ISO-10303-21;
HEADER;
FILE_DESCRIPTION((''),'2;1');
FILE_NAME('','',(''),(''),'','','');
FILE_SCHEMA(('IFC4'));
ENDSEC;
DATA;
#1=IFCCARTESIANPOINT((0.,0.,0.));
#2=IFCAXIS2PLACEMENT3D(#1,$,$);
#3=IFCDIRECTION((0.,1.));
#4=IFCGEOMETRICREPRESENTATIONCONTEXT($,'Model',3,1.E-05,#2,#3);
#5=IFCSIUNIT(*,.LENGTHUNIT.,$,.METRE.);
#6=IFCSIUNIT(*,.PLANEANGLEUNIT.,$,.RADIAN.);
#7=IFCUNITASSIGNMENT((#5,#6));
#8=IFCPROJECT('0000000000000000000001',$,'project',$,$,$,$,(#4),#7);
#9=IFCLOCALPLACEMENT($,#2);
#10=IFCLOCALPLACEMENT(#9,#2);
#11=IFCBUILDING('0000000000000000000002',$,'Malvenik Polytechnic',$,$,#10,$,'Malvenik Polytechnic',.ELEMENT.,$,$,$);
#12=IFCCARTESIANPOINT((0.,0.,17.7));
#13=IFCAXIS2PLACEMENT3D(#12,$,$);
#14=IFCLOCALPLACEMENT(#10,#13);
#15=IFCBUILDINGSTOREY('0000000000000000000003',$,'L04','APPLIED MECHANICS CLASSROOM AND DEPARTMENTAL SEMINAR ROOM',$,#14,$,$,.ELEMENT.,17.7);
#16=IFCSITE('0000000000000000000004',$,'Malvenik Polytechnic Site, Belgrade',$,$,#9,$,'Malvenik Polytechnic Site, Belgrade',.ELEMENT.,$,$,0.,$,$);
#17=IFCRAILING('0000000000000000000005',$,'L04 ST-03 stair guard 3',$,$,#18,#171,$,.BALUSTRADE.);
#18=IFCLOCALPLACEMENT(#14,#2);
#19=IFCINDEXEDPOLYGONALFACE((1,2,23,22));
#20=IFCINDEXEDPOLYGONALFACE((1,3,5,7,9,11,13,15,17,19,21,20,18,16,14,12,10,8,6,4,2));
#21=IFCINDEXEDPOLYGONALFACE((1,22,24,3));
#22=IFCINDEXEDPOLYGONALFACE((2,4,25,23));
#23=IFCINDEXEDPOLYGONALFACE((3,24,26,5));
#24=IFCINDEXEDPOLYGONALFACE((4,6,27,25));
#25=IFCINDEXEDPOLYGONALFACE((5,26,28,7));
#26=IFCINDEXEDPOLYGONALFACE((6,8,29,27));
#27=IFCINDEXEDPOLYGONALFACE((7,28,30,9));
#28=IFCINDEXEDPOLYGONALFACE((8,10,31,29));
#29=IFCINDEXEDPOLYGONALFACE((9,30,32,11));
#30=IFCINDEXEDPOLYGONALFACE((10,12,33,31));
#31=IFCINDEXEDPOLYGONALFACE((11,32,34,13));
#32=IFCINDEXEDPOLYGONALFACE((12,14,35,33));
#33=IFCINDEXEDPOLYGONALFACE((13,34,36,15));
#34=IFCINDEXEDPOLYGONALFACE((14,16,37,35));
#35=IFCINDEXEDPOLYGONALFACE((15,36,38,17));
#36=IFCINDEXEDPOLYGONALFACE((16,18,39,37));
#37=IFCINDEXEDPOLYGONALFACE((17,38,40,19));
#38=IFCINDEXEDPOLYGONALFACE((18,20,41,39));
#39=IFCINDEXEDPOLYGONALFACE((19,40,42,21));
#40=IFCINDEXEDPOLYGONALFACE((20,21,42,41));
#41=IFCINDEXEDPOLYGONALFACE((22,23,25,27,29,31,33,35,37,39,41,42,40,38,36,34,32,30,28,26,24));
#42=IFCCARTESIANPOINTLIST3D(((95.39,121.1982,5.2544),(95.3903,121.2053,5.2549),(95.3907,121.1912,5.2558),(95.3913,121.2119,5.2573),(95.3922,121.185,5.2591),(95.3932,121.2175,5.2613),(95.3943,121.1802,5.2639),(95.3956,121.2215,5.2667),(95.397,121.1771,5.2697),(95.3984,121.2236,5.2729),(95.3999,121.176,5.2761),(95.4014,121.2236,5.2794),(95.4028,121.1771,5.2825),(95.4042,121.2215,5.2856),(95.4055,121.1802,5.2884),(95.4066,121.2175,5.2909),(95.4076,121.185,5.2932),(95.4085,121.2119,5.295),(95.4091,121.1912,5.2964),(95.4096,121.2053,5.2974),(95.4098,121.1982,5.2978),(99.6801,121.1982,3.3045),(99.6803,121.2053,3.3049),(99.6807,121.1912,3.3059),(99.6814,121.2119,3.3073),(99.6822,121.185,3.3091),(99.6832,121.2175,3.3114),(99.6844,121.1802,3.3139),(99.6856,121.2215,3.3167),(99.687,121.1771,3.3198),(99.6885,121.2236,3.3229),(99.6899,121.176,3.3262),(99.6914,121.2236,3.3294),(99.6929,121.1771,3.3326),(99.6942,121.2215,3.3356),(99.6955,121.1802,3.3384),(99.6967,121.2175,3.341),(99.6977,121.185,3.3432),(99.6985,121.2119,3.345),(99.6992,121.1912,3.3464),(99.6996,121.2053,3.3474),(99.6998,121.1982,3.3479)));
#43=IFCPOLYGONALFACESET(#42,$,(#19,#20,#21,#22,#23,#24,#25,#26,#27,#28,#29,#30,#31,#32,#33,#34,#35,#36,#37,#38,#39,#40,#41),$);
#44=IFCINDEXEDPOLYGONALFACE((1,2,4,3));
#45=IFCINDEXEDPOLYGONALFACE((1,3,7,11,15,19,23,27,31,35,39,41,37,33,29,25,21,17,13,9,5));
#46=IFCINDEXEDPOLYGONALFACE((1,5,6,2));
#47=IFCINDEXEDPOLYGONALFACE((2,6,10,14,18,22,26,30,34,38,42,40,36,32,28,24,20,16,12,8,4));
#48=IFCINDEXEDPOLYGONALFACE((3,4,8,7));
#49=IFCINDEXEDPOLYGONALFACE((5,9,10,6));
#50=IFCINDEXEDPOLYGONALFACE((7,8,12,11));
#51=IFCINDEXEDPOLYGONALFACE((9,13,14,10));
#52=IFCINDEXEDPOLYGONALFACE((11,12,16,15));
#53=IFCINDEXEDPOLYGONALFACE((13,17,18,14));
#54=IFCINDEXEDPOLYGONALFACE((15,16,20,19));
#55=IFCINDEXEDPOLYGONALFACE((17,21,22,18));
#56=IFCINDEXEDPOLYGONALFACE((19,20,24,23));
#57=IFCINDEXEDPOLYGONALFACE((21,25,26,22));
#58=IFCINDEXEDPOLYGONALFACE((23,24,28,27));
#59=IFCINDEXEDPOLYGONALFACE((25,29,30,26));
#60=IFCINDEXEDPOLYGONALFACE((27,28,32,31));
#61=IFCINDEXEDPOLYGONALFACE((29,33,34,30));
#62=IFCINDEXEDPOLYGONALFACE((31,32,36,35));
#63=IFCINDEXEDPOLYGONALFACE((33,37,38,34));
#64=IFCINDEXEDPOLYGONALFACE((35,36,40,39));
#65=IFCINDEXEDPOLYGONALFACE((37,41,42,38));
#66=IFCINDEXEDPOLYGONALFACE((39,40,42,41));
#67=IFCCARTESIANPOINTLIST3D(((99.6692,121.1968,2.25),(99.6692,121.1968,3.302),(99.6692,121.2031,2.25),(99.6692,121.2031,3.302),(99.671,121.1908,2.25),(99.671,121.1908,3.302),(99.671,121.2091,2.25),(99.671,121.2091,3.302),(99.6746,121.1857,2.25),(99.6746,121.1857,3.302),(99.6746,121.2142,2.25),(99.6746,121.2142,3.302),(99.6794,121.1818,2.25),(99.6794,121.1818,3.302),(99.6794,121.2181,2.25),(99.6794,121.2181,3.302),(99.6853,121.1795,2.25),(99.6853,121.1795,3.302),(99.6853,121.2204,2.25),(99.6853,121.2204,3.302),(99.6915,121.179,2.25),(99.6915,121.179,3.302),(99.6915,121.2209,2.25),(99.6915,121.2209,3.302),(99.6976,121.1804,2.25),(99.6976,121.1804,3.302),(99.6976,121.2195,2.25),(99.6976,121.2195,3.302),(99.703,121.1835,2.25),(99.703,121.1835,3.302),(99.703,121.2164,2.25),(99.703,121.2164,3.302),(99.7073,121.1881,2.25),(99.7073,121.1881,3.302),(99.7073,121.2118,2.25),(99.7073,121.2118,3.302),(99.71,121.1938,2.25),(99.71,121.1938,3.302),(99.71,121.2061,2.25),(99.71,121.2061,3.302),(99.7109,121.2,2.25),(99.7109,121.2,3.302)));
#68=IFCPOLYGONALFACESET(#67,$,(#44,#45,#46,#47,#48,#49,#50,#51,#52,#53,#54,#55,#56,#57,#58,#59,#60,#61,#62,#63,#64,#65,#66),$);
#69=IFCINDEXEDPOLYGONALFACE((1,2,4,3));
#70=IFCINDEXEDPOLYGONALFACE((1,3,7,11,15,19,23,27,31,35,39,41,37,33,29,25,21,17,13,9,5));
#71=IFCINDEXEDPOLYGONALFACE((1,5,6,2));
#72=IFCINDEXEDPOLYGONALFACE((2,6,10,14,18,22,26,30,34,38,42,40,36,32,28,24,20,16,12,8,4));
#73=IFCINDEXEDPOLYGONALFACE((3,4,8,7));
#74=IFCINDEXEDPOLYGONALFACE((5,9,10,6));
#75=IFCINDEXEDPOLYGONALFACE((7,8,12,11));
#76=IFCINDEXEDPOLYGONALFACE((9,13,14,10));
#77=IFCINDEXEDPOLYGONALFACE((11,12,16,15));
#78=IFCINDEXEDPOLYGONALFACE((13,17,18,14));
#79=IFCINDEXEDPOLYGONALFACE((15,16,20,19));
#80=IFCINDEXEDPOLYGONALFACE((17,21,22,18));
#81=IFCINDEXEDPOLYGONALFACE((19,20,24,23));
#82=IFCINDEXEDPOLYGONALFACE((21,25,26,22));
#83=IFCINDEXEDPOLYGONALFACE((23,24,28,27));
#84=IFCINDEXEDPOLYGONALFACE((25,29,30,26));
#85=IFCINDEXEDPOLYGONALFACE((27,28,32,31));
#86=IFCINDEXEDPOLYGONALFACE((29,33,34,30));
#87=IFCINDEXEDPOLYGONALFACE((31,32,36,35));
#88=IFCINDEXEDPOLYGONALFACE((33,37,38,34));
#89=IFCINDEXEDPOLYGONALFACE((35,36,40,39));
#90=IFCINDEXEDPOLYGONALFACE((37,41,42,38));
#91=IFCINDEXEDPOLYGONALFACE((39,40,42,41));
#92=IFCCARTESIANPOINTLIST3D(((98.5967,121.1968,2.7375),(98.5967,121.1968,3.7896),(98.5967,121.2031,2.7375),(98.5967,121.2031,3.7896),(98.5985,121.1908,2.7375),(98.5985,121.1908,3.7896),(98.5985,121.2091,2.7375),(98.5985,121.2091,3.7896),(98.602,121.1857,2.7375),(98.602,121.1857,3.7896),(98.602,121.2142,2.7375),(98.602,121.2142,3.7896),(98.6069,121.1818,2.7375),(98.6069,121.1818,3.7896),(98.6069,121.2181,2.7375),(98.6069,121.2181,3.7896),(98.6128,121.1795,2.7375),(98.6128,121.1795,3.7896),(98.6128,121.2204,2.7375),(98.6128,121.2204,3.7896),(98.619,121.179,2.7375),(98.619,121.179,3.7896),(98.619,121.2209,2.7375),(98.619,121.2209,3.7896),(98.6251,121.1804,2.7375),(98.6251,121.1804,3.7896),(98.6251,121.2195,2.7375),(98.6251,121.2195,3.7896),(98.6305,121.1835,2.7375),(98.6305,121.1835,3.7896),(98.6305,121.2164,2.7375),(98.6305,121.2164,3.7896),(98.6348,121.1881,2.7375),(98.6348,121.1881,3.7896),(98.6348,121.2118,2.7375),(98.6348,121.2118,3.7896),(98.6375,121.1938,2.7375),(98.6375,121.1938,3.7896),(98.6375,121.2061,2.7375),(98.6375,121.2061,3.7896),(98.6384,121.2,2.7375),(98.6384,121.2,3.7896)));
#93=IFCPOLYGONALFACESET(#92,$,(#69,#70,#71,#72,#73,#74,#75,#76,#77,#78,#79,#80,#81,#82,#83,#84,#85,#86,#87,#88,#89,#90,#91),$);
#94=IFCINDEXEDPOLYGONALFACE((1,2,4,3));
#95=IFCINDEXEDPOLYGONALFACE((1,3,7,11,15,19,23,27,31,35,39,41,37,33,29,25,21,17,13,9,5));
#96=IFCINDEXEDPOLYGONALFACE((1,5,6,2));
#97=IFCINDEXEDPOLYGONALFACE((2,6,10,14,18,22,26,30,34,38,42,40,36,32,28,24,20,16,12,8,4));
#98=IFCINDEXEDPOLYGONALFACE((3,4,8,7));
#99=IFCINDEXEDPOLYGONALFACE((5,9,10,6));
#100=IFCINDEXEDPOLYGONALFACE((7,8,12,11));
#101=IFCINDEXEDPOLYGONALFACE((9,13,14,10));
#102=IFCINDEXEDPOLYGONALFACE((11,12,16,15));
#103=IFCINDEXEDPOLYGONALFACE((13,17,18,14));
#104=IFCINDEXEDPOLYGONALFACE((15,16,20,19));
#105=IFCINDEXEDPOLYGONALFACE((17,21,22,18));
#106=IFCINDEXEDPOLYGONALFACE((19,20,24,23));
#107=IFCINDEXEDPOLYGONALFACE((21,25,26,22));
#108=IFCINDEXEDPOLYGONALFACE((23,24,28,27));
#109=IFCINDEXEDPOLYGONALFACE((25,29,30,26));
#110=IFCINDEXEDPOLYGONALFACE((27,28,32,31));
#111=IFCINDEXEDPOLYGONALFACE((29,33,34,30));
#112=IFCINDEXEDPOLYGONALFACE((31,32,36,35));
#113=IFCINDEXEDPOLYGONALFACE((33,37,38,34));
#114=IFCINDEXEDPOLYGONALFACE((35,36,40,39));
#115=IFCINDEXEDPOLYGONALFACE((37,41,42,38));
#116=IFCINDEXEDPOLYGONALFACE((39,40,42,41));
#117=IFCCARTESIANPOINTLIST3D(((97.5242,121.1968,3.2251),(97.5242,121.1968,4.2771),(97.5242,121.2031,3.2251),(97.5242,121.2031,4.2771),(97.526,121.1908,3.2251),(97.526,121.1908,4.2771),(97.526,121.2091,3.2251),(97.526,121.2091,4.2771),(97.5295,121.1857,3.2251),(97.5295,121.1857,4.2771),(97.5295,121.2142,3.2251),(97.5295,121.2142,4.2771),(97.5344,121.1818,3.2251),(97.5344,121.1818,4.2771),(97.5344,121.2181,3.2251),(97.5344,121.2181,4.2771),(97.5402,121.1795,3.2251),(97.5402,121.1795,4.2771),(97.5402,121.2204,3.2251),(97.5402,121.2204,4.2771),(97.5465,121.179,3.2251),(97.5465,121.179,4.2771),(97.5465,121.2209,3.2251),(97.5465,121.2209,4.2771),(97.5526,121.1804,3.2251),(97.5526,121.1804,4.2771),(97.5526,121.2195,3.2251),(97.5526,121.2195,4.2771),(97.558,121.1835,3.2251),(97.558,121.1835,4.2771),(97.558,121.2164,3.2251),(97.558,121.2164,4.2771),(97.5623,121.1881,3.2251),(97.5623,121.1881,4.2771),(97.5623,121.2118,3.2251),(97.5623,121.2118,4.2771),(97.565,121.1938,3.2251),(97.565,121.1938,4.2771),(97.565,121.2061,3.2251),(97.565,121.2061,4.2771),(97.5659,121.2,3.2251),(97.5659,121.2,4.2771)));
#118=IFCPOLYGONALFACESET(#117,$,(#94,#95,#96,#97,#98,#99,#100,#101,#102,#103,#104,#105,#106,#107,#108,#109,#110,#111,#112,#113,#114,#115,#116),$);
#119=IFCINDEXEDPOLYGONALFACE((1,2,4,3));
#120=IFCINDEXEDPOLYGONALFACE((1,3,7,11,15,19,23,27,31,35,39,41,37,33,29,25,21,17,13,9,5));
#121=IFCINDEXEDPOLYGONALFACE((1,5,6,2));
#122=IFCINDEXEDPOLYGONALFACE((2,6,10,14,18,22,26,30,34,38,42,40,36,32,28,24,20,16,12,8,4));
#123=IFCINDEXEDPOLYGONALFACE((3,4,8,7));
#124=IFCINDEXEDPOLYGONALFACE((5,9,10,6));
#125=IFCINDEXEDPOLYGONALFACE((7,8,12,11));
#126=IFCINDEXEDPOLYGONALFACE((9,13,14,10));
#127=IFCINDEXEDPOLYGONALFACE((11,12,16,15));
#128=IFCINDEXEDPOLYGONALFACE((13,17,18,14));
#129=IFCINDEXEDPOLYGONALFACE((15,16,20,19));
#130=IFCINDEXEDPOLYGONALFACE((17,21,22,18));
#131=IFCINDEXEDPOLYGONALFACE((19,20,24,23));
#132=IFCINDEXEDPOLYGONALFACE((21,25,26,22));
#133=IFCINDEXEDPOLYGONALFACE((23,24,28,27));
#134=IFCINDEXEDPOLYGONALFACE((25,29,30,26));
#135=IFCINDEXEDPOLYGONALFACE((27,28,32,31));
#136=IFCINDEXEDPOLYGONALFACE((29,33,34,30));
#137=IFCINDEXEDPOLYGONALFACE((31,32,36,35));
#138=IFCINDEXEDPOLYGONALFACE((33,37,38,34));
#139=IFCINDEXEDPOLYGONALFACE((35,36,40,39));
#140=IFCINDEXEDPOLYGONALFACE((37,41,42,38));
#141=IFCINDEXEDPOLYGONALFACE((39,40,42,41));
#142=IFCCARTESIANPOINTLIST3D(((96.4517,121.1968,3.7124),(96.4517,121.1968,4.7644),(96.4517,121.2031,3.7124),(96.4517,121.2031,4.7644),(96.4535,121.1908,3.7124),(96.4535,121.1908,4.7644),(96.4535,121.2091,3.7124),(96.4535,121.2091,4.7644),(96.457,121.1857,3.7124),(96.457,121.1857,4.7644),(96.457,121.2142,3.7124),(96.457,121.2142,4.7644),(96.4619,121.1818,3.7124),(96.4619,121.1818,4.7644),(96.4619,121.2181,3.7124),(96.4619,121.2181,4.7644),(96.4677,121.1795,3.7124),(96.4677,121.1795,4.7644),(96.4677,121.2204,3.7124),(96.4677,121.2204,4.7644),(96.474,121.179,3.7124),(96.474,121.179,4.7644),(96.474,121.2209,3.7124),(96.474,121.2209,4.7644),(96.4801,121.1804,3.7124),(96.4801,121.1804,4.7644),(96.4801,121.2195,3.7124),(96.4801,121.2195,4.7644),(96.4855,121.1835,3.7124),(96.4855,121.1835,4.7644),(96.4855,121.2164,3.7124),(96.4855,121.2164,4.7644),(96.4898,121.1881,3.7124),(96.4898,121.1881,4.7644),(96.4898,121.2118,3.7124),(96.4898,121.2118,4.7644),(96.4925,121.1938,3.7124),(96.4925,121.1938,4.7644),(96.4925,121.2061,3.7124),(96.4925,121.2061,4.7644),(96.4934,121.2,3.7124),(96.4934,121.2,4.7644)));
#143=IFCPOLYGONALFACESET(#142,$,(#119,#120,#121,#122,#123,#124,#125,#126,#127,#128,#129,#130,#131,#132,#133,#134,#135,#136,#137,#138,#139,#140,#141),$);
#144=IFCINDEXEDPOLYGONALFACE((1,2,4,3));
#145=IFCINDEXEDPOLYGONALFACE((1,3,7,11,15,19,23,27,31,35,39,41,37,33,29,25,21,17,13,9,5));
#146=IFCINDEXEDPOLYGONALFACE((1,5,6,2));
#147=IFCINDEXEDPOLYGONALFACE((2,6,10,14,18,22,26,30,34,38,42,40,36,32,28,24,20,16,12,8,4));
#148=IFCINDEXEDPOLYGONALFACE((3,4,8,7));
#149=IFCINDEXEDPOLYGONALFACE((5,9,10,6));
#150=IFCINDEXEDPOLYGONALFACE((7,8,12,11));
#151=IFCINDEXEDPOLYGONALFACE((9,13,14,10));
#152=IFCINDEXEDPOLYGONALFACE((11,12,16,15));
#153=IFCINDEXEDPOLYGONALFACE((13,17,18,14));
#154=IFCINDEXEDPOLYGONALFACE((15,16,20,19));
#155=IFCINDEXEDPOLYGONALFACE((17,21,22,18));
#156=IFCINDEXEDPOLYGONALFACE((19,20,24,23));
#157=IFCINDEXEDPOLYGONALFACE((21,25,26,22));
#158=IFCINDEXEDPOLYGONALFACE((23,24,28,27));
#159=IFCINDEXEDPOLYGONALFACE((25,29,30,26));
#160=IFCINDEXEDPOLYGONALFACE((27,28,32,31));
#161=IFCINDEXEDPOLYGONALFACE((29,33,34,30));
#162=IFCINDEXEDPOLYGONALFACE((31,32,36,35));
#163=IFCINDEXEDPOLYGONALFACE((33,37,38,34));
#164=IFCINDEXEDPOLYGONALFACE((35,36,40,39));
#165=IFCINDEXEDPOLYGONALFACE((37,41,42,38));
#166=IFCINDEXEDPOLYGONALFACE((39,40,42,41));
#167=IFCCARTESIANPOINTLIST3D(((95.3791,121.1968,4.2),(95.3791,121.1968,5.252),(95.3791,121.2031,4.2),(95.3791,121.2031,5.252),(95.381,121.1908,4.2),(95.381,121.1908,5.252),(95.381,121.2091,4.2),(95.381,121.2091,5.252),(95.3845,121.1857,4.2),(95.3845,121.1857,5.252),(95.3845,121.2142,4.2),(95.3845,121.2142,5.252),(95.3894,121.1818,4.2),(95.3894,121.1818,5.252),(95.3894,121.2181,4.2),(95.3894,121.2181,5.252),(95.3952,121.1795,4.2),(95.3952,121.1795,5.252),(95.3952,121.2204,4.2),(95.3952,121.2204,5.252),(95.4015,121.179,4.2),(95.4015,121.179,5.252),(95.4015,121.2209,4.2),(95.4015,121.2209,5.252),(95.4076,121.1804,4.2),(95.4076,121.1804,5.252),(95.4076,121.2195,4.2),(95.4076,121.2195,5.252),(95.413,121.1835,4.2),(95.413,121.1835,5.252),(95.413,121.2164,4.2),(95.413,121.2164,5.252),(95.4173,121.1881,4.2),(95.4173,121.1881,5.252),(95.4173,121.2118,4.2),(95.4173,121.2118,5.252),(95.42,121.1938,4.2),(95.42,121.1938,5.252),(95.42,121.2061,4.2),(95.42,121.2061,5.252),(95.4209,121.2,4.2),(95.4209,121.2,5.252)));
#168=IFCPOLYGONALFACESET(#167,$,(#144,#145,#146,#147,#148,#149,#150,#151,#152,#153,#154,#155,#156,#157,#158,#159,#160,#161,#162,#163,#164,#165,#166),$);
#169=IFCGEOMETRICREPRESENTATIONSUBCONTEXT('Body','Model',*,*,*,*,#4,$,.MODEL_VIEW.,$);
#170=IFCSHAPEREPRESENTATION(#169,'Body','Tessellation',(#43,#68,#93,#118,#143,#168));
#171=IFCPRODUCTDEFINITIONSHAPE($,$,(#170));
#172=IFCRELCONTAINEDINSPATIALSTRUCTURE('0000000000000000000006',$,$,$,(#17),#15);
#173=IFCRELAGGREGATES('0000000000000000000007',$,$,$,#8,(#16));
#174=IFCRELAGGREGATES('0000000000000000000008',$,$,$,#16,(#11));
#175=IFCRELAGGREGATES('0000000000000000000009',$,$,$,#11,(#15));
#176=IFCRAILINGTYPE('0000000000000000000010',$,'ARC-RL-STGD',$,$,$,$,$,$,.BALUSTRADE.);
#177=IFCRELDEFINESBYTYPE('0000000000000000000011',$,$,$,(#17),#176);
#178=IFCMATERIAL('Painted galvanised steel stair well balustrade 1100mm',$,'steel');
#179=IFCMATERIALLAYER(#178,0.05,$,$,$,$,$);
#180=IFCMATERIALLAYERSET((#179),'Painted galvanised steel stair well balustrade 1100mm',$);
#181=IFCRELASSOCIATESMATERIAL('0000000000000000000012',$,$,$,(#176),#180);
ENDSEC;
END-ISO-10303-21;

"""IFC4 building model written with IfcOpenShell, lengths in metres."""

from ifc_helpers import new_model, si_unit, direction, frame, origin, origin_2d, place, context, subcontext, project, spatial, circle, extrude, material, layer, layer_set, type_object, element, save


model = new_model("IFC4")

# Units and contexts
model_context = context("Model", 3, precision=1e-05, world=origin(), true_north=direction((0.0, 1.0)))
body_context = subcontext(model_context, "Body", "Model", "MODEL_VIEW")
ifc_project = project(units=[si_unit("LENGTHUNIT", "METRE"), si_unit("PLANEANGLEUNIT", "RADIAN")], contexts=[model_context])

# Site, building, storey
site_placement = place(None, origin())
site = spatial("IfcSite", under=ifc_project, at=site_placement, Name="Malvenik Polytechnic Site, Belgrade", LongName="Malvenik Polytechnic Site, Belgrade", CompositionType="ELEMENT", RefElevation=0.0)
building_placement = place(site_placement, origin())
building = spatial("IfcBuilding", under=site, at=building_placement, Name="Malvenik Polytechnic", LongName="Malvenik Polytechnic", CompositionType="ELEMENT")
storey_placement = place(building_placement, frame((0.0, 0.0, 17.7)))
storey = spatial("IfcBuildingStorey", under=building, at=storey_placement, Name="L04", Description="APPLIED MECHANICS CLASSROOM AND DEPARTMENTAL SEMINAR ROOM", CompositionType="ELEMENT", Elevation=17.7)

# Railing
ifc_material_1 = material(Name="Painted galvanised steel stair well balustrade 1100mm", Category="steel")
ifc_layer_1 = layer(ifc_material_1, 0.05)
ifc_layer_set_1 = layer_set([ifc_layer_1], Name="Painted galvanised steel stair well balustrade 1100mm")
railing_type_1 = type_object("IfcRailingType", Name="ARC-RL-STGD", PredefinedType="BALUSTRADE", material=ifc_layer_set_1)
railing_1_placement = place(storey_placement, frame((99.6899, 121.2, 2.25)))
element("IfcRailing", 1, at=railing_1_placement, inside=storey, type_object=railing_type_1, Name="L04 ST-03 stair guard 3", PredefinedType="BALUSTRADE", context=body_context, shape_type="SweptSolid", body=[
    extrude(circle(Radius=0.0239, at=origin_2d()), frame((0.0, 0.0, 1.0762), z_axis=(-0.910372, 0.0, 0.413791), x_axis=(0.0, -1.0, 0.0)), (0.0, 0.0, 1.0), 4.7124),
    extrude(circle(Radius=0.021, at=origin_2d()), origin(), (0.0, 0.0, 1.0), 1.052),
    extrude(circle(Radius=0.021, at=origin_2d()), frame((-1.0725, 0.0, 0.4875)), (0.0, 0.0, 1.0), 1.052),
    extrude(circle(Radius=0.021, at=origin_2d()), frame((-2.145, 0.0, 0.9751)), (0.0, 0.0, 1.0), 1.052),
    extrude(circle(Radius=0.021, at=origin_2d()), frame((-3.2175, 0.0, 1.4624)), (0.0, 0.0, 1.0), 1.052),
    extrude(circle(Radius=0.021, at=origin_2d()), frame((-4.29, 0.0, 1.95)), (0.0, 0.0, 1.0), 1.052),
])

save(model, "model.ifc")
